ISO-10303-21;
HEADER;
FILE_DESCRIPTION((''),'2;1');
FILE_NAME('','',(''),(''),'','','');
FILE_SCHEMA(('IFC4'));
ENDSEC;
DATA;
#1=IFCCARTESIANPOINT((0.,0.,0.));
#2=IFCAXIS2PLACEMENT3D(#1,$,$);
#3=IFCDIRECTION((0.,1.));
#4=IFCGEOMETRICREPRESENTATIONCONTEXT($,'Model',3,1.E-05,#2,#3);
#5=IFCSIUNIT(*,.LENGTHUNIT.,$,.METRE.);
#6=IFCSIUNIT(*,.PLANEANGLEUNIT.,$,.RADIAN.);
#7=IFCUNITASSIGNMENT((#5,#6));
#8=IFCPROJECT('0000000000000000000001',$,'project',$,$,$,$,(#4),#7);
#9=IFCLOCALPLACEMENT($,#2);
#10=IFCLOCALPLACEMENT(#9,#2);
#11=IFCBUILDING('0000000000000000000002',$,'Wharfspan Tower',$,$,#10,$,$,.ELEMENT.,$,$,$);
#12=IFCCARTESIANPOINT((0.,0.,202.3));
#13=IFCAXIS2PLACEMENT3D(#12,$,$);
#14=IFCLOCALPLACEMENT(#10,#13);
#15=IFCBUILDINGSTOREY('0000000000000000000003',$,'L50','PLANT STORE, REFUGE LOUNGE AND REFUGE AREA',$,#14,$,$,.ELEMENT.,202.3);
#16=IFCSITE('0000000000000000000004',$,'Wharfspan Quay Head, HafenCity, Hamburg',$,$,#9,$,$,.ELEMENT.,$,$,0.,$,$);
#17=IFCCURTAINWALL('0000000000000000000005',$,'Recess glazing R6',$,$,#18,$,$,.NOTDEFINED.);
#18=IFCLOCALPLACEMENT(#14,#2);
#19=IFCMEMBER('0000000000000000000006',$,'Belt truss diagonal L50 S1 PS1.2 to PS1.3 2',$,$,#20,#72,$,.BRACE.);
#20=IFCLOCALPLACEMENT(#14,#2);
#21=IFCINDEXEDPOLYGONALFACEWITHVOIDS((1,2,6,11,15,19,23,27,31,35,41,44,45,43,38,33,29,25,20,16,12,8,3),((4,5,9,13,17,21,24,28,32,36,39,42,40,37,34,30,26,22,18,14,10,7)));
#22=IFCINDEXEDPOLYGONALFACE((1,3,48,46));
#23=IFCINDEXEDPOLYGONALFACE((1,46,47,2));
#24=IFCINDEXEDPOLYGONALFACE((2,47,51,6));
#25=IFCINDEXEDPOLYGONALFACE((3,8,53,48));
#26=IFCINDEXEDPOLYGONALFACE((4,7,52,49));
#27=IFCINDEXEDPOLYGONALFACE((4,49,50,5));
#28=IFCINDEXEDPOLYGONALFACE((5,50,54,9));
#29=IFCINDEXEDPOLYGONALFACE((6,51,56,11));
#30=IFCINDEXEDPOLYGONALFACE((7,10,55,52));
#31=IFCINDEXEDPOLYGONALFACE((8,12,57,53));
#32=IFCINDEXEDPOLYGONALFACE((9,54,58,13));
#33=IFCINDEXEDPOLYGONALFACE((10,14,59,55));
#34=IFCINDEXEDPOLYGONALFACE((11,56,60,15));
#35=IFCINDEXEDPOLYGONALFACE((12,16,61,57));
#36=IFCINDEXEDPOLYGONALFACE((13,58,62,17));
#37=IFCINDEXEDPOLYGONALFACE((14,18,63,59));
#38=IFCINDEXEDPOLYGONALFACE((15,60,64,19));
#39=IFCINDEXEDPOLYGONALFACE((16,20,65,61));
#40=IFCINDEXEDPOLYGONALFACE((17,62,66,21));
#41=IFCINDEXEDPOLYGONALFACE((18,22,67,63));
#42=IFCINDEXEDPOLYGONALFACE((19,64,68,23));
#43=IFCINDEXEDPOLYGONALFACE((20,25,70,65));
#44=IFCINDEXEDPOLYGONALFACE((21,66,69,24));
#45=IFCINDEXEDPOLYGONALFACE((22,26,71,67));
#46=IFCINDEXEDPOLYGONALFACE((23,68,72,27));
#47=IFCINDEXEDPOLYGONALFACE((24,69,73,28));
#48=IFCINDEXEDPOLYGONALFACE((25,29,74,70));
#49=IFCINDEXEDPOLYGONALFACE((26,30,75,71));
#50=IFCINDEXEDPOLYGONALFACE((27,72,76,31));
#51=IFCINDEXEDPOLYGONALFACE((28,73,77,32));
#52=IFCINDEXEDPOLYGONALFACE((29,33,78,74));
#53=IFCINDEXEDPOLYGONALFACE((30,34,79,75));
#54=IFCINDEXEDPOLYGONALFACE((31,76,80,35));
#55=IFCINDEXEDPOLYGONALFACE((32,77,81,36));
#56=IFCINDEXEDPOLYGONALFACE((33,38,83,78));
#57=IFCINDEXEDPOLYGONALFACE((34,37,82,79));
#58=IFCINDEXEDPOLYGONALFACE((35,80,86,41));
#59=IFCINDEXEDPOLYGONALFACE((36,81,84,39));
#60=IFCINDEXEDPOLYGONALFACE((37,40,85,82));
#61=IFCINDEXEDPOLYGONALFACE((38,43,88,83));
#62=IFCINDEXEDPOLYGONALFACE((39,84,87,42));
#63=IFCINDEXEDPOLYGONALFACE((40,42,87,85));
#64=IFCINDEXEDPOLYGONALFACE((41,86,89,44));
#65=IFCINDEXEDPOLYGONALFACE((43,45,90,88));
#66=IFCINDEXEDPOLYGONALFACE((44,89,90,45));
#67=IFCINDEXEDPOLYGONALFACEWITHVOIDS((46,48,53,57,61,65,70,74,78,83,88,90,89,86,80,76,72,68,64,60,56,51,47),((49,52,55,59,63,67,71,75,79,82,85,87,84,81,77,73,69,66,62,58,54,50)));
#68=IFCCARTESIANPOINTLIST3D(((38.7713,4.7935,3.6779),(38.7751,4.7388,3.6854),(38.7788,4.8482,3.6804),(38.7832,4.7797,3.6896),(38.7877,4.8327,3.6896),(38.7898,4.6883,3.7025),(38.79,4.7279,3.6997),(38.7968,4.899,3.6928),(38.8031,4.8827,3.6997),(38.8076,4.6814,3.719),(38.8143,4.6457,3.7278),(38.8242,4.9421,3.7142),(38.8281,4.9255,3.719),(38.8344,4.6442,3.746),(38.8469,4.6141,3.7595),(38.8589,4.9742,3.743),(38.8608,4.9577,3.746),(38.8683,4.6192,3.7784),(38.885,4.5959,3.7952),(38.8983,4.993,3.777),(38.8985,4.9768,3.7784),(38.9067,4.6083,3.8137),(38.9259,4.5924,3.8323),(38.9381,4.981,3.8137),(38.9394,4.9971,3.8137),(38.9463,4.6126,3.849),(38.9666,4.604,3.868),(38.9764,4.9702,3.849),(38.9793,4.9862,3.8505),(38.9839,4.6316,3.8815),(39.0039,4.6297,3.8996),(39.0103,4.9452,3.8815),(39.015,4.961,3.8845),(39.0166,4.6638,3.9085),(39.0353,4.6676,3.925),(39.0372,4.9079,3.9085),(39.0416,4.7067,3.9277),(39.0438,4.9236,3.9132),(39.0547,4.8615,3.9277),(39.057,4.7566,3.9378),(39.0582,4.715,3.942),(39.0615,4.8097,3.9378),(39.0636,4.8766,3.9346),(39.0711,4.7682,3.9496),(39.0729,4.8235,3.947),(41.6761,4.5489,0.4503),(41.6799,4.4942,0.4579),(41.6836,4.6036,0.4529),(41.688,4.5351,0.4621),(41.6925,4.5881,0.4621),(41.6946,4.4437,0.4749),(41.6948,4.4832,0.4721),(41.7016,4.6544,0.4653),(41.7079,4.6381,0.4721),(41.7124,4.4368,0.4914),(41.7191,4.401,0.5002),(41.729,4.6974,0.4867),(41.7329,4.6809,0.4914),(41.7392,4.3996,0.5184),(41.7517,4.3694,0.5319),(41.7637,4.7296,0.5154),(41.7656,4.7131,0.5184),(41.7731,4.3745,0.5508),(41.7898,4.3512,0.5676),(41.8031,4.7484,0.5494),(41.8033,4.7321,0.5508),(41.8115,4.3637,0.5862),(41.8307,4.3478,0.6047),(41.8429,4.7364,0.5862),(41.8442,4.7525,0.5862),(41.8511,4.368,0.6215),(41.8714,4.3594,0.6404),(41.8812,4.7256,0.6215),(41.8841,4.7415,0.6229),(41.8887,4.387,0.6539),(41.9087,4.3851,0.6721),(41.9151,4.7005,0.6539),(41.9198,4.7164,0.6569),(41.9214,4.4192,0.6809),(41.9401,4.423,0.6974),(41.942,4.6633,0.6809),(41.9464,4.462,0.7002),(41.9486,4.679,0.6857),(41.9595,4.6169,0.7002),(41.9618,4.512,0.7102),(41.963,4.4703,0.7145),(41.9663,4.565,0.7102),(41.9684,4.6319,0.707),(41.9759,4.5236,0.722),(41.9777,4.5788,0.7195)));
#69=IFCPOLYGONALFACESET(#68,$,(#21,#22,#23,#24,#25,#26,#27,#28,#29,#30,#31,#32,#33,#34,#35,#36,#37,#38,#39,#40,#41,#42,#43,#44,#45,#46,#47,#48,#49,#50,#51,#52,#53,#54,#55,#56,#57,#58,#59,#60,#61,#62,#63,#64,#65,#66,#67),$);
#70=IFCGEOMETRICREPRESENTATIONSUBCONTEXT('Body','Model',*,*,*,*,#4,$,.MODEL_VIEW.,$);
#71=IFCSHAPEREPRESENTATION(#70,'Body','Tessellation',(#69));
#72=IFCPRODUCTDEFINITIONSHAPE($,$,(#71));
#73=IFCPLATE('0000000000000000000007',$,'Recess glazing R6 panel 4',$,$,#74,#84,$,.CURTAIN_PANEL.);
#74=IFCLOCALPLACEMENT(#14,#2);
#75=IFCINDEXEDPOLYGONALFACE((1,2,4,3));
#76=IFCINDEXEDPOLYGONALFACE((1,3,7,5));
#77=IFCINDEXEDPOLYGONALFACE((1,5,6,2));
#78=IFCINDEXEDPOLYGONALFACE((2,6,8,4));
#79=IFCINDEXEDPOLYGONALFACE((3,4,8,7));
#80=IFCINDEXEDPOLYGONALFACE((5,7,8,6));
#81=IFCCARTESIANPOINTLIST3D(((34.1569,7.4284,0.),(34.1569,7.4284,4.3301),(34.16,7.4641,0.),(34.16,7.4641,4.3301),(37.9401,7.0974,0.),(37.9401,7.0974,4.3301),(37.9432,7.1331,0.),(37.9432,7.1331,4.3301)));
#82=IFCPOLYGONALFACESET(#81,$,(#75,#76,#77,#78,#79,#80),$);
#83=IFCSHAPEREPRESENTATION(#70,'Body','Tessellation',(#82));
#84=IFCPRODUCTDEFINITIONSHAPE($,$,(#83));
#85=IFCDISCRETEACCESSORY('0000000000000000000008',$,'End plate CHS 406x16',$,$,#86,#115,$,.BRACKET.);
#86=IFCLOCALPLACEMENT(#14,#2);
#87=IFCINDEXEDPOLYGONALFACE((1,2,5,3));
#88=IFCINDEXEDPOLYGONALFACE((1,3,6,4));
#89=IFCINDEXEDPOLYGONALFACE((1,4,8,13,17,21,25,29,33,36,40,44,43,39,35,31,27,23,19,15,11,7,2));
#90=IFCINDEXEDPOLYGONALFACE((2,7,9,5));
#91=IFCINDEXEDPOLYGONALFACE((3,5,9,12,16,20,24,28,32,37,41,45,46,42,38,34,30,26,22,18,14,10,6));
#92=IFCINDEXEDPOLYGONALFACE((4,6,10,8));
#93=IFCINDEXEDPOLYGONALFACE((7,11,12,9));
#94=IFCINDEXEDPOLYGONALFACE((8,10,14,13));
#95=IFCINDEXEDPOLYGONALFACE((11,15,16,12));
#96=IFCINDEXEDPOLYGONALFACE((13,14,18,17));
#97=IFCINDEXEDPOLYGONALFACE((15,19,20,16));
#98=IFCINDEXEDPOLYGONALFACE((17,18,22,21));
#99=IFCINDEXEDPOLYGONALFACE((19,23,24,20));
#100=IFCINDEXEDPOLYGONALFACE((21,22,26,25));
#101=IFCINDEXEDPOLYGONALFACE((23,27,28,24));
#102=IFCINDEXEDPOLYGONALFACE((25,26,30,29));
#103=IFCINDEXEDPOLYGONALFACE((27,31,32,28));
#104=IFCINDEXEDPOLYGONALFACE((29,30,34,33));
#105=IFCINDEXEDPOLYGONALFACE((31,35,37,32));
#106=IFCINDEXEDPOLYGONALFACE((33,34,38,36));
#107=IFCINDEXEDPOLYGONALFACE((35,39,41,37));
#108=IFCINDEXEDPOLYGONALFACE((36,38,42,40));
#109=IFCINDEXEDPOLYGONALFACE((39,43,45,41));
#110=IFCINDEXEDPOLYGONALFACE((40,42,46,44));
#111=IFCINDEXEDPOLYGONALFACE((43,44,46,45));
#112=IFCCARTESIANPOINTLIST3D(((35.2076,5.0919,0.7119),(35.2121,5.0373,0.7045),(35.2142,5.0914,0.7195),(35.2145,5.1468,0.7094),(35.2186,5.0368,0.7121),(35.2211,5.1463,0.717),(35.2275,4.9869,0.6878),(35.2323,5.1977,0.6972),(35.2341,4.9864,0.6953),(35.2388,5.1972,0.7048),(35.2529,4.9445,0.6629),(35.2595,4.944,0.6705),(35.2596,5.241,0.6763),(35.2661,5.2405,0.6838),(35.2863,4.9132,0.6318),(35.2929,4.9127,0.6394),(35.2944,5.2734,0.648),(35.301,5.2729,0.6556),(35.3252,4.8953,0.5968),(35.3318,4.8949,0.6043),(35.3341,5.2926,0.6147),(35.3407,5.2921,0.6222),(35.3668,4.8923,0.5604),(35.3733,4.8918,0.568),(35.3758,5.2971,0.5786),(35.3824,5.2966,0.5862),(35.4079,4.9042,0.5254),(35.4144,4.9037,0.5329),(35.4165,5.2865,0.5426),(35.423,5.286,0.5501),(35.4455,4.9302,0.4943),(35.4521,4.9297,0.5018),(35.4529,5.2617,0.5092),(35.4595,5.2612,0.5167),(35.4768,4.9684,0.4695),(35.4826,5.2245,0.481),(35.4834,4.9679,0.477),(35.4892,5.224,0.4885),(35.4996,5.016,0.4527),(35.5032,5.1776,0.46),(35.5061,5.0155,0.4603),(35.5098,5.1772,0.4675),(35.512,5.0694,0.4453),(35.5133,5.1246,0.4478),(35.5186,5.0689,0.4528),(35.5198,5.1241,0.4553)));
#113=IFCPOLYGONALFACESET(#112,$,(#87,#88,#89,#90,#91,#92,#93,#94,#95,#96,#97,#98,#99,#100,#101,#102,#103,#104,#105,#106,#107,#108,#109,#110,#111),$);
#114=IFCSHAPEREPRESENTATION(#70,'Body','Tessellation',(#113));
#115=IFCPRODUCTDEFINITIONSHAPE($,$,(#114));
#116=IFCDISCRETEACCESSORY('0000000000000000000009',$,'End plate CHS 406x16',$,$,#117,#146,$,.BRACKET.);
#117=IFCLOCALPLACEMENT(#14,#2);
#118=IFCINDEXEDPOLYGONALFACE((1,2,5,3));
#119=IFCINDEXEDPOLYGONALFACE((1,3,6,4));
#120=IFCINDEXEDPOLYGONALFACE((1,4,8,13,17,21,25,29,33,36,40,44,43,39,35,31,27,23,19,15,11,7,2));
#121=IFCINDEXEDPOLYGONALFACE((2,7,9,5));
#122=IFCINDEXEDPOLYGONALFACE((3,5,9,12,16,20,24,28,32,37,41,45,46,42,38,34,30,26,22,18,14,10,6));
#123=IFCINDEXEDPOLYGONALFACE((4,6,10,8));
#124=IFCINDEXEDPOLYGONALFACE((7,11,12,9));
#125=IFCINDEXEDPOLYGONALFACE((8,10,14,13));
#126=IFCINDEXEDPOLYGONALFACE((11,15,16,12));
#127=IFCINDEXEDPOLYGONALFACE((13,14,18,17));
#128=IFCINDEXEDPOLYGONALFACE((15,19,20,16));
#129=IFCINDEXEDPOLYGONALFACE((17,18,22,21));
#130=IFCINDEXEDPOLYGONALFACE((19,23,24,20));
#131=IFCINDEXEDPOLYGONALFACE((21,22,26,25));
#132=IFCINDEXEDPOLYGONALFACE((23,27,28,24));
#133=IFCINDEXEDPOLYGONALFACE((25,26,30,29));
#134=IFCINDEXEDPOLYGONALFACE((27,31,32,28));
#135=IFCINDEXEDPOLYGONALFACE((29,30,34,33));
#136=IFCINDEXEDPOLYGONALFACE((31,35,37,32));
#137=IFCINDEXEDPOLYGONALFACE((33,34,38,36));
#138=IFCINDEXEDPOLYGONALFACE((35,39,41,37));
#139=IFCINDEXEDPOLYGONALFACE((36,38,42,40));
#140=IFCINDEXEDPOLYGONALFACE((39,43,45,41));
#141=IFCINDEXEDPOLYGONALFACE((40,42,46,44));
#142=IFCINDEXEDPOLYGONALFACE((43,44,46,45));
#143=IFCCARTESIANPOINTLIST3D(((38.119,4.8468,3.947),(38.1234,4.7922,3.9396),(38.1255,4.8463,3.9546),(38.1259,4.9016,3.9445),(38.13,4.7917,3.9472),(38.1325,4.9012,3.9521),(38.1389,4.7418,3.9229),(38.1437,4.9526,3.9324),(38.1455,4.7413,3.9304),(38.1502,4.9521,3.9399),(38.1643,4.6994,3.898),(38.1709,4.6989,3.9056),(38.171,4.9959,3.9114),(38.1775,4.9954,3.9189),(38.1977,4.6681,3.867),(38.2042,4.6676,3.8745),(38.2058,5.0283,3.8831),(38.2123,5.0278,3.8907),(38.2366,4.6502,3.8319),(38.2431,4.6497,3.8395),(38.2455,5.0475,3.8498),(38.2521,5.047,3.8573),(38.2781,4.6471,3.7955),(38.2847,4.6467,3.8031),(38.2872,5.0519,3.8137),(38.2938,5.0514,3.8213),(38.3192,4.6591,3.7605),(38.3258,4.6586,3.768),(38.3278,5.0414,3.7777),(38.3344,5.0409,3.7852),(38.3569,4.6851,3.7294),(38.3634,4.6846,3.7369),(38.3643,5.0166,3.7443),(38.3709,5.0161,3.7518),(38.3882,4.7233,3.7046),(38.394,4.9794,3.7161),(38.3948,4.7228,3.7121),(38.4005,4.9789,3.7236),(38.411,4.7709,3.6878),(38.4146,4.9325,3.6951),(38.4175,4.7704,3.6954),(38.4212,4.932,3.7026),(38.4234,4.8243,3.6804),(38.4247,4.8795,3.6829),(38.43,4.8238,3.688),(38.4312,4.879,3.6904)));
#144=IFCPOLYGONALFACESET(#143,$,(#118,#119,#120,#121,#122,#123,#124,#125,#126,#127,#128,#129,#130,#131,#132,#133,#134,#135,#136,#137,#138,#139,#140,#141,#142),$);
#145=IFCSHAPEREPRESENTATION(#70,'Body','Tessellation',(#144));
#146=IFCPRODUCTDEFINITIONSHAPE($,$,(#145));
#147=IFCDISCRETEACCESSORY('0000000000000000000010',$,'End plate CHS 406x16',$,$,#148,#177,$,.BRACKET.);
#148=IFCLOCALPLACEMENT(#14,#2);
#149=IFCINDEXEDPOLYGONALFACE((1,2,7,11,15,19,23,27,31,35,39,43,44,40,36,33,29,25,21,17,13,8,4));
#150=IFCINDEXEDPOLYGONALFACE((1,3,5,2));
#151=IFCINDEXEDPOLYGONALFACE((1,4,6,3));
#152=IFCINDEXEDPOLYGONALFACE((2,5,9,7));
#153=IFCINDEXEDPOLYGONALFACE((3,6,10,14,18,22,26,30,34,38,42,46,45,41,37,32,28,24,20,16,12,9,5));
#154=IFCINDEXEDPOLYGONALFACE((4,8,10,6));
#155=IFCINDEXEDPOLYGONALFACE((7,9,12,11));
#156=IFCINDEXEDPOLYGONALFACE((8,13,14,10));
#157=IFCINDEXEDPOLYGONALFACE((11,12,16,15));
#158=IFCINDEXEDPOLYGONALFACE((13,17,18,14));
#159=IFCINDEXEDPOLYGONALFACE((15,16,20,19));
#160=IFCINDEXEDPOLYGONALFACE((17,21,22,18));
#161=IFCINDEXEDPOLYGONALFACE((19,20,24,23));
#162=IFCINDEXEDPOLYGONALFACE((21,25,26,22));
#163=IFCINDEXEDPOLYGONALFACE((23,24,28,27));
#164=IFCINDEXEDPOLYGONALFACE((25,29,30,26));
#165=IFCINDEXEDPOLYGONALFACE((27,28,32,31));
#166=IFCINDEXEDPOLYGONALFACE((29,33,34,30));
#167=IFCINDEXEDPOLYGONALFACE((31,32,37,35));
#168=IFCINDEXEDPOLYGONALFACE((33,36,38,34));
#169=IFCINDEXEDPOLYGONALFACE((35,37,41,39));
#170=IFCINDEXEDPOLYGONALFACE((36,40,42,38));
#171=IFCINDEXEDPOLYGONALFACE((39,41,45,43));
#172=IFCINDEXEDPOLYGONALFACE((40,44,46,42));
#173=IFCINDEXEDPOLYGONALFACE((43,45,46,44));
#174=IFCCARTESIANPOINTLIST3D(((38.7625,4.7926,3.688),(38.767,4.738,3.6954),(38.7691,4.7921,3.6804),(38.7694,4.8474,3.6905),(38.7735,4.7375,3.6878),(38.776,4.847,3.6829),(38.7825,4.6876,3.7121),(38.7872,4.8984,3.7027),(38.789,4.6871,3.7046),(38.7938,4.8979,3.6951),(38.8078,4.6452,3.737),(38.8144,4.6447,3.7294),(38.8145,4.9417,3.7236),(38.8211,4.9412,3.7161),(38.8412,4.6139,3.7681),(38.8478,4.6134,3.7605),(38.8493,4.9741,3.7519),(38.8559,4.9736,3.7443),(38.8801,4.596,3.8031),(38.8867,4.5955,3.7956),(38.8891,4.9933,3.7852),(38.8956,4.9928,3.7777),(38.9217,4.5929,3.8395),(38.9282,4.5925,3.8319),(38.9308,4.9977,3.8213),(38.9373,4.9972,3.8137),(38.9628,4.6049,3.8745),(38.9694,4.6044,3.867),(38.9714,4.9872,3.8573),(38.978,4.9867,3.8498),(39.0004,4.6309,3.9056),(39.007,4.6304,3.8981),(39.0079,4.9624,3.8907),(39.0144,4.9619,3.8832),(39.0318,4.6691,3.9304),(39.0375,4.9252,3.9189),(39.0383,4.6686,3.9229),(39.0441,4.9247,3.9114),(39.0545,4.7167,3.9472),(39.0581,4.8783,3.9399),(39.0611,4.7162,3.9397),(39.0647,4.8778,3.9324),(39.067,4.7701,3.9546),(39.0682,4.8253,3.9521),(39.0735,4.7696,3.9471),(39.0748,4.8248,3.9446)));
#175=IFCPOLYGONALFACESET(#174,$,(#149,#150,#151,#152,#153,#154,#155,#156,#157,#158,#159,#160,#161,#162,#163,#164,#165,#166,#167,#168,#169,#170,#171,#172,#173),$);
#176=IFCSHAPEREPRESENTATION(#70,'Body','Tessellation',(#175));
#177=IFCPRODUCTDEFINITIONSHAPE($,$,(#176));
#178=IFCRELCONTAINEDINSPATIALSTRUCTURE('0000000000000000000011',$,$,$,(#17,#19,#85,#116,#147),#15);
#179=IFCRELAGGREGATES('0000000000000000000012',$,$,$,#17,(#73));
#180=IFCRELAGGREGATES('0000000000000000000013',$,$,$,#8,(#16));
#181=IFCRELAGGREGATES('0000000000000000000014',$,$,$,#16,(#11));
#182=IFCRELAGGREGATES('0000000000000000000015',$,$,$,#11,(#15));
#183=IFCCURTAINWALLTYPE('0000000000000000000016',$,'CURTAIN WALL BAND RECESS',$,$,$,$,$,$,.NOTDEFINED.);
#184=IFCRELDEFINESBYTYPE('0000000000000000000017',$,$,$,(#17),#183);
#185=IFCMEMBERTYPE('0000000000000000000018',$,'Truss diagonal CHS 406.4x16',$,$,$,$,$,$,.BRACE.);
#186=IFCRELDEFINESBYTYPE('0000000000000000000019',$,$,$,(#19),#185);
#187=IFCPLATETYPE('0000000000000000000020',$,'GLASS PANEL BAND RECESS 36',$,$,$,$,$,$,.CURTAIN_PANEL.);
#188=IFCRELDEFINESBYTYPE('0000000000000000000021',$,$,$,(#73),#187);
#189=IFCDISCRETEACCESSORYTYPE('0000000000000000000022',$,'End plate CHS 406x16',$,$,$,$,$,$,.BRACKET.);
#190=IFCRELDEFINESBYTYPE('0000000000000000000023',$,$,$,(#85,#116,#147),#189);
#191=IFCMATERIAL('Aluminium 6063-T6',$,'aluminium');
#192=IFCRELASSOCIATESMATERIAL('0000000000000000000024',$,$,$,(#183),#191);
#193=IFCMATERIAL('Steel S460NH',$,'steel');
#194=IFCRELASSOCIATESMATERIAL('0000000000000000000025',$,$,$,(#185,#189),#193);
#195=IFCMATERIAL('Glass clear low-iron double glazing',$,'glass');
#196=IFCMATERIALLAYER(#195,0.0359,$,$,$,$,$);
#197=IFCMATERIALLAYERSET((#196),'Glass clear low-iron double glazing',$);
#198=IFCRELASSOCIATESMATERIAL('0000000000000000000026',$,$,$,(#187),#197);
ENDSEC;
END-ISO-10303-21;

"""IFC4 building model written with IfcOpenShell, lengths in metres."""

from ifc_helpers import new_model, si_unit, direction, frame, origin, origin_2d, place, context, subcontext, project, spatial, rectangle, circle, hollow_circle, extrude, material, layer, layer_set, material_profile, profile_set, type_object, element, aggregate, save


model = new_model("IFC4")

# Units and contexts
model_context = context("Model", 3, precision=1e-05, world=origin(), true_north=direction((0.0, 1.0)))
body_context = subcontext(model_context, "Body", "Model", "MODEL_VIEW")
ifc_project = project(units=[si_unit("LENGTHUNIT", "METRE"), si_unit("PLANEANGLEUNIT", "RADIAN")], contexts=[model_context])

# Site, building, storey
site_placement = place(None, origin())
site = spatial("IfcSite", under=ifc_project, at=site_placement, Name="Wharfspan Quay Head, HafenCity, Hamburg", CompositionType="ELEMENT", RefElevation=0.0)
building_placement = place(site_placement, origin())
building = spatial("IfcBuilding", under=site, at=building_placement, Name="Wharfspan Tower", CompositionType="ELEMENT")
storey_placement = place(building_placement, frame((0.0, 0.0, 202.3)))
storey = spatial("IfcBuildingStorey", under=building, at=storey_placement, Name="L50", Description="PLANT STORE, REFUGE LOUNGE AND REFUGE AREA", CompositionType="ELEMENT", Elevation=202.3)

# Curtain wall
ifc_material_1 = material(Name="Aluminium 6063-T6", Category="aluminium")
curtain_wall_type = type_object("IfcCurtainWallType", Name="CURTAIN WALL BAND RECESS", PredefinedType="NOTDEFINED", material=ifc_material_1)
curtain_wall_placement = place(storey_placement, origin())
curtain_wall = element("IfcCurtainWall", 1, at=curtain_wall_placement, inside=storey, type_object=curtain_wall_type, Name="Recess glazing R6", PredefinedType="NOTDEFINED")

# Shared definitions
ifc_material_2 = material(Name="Steel S460NH", Category="steel")

# Member
ifc_material_profile_1 = material_profile(ifc_material_2, hollow_circle(Radius=0.2031, WallThickness=0.0161, at=origin_2d()))
ifc_profile_set_1 = profile_set([ifc_material_profile_1], Name="Steel S460NH")
member_type_1 = type_object("IfcMemberType", Name="Truss diagonal CHS 406.4x16", PredefinedType="BRACE", material=ifc_profile_set_1)
for number, where, z_axis, x_axis, name in (
    (2, (38.9224, 4.7947, 3.8137), (0.667906, -0.056248, -0.742117), (0.083922, 0.996476, 0.000003), "Belt truss diagonal L50 S1 PS1.2 to PS1.3 2"),
):
    element("IfcMember", number, at=place(storey_placement, frame(where, z_axis=z_axis, x_axis=x_axis)), inside=storey, type_object=member_type_1, Name=name, PredefinedType="BRACE", context=body_context, shape_type="SweptSolid", body=[
        extrude(hollow_circle(Radius=0.2031, WallThickness=0.0161, at=origin_2d()), origin(), (0.0, 0.0, 1.0), 4.3491),
    ])

# Plate
ifc_material_3 = material(Name="Glass clear low-iron double glazing", Category="glass")
ifc_layer = layer(ifc_material_3, 0.0359)
ifc_layer_set = layer_set([ifc_layer], Name="Glass clear low-iron double glazing")
plate_type = type_object("IfcPlateType", Name="GLASS PANEL BAND RECESS 36", PredefinedType="CURTAIN_PANEL", material=ifc_layer_set)
plate_placement = place(storey_placement, frame((36.05, 7.2808, 0.0), z_axis=(0.0, 0.0, 1.0), x_axis=(-0.996198, 0.087156, 0.0)))
plate = element("IfcPlate", 3, at=plate_placement, type_object=plate_type, Name="Recess glazing R6 panel 4", PredefinedType="CURTAIN_PANEL", context=body_context, shape_type="SweptSolid", body=[
    extrude(rectangle(XDim=3.7976, YDim=0.0359, at=origin_2d()), origin(), (0.0, 0.0, 1.0), 4.3301),
])
aggregate(curtain_wall, [plate])

# Discrete accessories
ifc_material_profile_2 = material_profile(ifc_material_2, circle(Radius=0.2031, at=origin_2d()))
ifc_profile_set_2 = profile_set([ifc_material_profile_2], Name="Steel S460NH")
discrete_accessory_type_1 = type_object("IfcDiscreteAccessoryType", Name="End plate CHS 406x16", PredefinedType="BRACKET", material=ifc_profile_set_2)
for number, where, z_axis, x_axis, name in (
    (4, (35.3608, 5.0945, 0.5786), (0.656005, -0.048593, 0.753191), (0.073872, 0.997271, 0.0), "End plate CHS 406x16"),
    (5, (38.2722, 4.8494, 3.8137), (0.656005, -0.048593, 0.753191), (0.073872, 0.997271, 0.0), "End plate CHS 406x16"),
    (6, (38.9158, 4.7952, 3.8213), (0.656005, -0.048593, -0.753191), (0.073872, 0.997271, 0.0), "End plate CHS 406x16"),
):
    element("IfcDiscreteAccessory", number, at=place(storey_placement, frame(where, z_axis=z_axis, x_axis=x_axis)), inside=storey, type_object=discrete_accessory_type_1, Name=name, PredefinedType="BRACKET", context=body_context, shape_type="SweptSolid", body=[
        extrude(circle(Radius=0.2031, at=origin_2d()), origin(), (0.0, 0.0, 1.0), 0.01),
    ])

save(model, "model.ifc")
